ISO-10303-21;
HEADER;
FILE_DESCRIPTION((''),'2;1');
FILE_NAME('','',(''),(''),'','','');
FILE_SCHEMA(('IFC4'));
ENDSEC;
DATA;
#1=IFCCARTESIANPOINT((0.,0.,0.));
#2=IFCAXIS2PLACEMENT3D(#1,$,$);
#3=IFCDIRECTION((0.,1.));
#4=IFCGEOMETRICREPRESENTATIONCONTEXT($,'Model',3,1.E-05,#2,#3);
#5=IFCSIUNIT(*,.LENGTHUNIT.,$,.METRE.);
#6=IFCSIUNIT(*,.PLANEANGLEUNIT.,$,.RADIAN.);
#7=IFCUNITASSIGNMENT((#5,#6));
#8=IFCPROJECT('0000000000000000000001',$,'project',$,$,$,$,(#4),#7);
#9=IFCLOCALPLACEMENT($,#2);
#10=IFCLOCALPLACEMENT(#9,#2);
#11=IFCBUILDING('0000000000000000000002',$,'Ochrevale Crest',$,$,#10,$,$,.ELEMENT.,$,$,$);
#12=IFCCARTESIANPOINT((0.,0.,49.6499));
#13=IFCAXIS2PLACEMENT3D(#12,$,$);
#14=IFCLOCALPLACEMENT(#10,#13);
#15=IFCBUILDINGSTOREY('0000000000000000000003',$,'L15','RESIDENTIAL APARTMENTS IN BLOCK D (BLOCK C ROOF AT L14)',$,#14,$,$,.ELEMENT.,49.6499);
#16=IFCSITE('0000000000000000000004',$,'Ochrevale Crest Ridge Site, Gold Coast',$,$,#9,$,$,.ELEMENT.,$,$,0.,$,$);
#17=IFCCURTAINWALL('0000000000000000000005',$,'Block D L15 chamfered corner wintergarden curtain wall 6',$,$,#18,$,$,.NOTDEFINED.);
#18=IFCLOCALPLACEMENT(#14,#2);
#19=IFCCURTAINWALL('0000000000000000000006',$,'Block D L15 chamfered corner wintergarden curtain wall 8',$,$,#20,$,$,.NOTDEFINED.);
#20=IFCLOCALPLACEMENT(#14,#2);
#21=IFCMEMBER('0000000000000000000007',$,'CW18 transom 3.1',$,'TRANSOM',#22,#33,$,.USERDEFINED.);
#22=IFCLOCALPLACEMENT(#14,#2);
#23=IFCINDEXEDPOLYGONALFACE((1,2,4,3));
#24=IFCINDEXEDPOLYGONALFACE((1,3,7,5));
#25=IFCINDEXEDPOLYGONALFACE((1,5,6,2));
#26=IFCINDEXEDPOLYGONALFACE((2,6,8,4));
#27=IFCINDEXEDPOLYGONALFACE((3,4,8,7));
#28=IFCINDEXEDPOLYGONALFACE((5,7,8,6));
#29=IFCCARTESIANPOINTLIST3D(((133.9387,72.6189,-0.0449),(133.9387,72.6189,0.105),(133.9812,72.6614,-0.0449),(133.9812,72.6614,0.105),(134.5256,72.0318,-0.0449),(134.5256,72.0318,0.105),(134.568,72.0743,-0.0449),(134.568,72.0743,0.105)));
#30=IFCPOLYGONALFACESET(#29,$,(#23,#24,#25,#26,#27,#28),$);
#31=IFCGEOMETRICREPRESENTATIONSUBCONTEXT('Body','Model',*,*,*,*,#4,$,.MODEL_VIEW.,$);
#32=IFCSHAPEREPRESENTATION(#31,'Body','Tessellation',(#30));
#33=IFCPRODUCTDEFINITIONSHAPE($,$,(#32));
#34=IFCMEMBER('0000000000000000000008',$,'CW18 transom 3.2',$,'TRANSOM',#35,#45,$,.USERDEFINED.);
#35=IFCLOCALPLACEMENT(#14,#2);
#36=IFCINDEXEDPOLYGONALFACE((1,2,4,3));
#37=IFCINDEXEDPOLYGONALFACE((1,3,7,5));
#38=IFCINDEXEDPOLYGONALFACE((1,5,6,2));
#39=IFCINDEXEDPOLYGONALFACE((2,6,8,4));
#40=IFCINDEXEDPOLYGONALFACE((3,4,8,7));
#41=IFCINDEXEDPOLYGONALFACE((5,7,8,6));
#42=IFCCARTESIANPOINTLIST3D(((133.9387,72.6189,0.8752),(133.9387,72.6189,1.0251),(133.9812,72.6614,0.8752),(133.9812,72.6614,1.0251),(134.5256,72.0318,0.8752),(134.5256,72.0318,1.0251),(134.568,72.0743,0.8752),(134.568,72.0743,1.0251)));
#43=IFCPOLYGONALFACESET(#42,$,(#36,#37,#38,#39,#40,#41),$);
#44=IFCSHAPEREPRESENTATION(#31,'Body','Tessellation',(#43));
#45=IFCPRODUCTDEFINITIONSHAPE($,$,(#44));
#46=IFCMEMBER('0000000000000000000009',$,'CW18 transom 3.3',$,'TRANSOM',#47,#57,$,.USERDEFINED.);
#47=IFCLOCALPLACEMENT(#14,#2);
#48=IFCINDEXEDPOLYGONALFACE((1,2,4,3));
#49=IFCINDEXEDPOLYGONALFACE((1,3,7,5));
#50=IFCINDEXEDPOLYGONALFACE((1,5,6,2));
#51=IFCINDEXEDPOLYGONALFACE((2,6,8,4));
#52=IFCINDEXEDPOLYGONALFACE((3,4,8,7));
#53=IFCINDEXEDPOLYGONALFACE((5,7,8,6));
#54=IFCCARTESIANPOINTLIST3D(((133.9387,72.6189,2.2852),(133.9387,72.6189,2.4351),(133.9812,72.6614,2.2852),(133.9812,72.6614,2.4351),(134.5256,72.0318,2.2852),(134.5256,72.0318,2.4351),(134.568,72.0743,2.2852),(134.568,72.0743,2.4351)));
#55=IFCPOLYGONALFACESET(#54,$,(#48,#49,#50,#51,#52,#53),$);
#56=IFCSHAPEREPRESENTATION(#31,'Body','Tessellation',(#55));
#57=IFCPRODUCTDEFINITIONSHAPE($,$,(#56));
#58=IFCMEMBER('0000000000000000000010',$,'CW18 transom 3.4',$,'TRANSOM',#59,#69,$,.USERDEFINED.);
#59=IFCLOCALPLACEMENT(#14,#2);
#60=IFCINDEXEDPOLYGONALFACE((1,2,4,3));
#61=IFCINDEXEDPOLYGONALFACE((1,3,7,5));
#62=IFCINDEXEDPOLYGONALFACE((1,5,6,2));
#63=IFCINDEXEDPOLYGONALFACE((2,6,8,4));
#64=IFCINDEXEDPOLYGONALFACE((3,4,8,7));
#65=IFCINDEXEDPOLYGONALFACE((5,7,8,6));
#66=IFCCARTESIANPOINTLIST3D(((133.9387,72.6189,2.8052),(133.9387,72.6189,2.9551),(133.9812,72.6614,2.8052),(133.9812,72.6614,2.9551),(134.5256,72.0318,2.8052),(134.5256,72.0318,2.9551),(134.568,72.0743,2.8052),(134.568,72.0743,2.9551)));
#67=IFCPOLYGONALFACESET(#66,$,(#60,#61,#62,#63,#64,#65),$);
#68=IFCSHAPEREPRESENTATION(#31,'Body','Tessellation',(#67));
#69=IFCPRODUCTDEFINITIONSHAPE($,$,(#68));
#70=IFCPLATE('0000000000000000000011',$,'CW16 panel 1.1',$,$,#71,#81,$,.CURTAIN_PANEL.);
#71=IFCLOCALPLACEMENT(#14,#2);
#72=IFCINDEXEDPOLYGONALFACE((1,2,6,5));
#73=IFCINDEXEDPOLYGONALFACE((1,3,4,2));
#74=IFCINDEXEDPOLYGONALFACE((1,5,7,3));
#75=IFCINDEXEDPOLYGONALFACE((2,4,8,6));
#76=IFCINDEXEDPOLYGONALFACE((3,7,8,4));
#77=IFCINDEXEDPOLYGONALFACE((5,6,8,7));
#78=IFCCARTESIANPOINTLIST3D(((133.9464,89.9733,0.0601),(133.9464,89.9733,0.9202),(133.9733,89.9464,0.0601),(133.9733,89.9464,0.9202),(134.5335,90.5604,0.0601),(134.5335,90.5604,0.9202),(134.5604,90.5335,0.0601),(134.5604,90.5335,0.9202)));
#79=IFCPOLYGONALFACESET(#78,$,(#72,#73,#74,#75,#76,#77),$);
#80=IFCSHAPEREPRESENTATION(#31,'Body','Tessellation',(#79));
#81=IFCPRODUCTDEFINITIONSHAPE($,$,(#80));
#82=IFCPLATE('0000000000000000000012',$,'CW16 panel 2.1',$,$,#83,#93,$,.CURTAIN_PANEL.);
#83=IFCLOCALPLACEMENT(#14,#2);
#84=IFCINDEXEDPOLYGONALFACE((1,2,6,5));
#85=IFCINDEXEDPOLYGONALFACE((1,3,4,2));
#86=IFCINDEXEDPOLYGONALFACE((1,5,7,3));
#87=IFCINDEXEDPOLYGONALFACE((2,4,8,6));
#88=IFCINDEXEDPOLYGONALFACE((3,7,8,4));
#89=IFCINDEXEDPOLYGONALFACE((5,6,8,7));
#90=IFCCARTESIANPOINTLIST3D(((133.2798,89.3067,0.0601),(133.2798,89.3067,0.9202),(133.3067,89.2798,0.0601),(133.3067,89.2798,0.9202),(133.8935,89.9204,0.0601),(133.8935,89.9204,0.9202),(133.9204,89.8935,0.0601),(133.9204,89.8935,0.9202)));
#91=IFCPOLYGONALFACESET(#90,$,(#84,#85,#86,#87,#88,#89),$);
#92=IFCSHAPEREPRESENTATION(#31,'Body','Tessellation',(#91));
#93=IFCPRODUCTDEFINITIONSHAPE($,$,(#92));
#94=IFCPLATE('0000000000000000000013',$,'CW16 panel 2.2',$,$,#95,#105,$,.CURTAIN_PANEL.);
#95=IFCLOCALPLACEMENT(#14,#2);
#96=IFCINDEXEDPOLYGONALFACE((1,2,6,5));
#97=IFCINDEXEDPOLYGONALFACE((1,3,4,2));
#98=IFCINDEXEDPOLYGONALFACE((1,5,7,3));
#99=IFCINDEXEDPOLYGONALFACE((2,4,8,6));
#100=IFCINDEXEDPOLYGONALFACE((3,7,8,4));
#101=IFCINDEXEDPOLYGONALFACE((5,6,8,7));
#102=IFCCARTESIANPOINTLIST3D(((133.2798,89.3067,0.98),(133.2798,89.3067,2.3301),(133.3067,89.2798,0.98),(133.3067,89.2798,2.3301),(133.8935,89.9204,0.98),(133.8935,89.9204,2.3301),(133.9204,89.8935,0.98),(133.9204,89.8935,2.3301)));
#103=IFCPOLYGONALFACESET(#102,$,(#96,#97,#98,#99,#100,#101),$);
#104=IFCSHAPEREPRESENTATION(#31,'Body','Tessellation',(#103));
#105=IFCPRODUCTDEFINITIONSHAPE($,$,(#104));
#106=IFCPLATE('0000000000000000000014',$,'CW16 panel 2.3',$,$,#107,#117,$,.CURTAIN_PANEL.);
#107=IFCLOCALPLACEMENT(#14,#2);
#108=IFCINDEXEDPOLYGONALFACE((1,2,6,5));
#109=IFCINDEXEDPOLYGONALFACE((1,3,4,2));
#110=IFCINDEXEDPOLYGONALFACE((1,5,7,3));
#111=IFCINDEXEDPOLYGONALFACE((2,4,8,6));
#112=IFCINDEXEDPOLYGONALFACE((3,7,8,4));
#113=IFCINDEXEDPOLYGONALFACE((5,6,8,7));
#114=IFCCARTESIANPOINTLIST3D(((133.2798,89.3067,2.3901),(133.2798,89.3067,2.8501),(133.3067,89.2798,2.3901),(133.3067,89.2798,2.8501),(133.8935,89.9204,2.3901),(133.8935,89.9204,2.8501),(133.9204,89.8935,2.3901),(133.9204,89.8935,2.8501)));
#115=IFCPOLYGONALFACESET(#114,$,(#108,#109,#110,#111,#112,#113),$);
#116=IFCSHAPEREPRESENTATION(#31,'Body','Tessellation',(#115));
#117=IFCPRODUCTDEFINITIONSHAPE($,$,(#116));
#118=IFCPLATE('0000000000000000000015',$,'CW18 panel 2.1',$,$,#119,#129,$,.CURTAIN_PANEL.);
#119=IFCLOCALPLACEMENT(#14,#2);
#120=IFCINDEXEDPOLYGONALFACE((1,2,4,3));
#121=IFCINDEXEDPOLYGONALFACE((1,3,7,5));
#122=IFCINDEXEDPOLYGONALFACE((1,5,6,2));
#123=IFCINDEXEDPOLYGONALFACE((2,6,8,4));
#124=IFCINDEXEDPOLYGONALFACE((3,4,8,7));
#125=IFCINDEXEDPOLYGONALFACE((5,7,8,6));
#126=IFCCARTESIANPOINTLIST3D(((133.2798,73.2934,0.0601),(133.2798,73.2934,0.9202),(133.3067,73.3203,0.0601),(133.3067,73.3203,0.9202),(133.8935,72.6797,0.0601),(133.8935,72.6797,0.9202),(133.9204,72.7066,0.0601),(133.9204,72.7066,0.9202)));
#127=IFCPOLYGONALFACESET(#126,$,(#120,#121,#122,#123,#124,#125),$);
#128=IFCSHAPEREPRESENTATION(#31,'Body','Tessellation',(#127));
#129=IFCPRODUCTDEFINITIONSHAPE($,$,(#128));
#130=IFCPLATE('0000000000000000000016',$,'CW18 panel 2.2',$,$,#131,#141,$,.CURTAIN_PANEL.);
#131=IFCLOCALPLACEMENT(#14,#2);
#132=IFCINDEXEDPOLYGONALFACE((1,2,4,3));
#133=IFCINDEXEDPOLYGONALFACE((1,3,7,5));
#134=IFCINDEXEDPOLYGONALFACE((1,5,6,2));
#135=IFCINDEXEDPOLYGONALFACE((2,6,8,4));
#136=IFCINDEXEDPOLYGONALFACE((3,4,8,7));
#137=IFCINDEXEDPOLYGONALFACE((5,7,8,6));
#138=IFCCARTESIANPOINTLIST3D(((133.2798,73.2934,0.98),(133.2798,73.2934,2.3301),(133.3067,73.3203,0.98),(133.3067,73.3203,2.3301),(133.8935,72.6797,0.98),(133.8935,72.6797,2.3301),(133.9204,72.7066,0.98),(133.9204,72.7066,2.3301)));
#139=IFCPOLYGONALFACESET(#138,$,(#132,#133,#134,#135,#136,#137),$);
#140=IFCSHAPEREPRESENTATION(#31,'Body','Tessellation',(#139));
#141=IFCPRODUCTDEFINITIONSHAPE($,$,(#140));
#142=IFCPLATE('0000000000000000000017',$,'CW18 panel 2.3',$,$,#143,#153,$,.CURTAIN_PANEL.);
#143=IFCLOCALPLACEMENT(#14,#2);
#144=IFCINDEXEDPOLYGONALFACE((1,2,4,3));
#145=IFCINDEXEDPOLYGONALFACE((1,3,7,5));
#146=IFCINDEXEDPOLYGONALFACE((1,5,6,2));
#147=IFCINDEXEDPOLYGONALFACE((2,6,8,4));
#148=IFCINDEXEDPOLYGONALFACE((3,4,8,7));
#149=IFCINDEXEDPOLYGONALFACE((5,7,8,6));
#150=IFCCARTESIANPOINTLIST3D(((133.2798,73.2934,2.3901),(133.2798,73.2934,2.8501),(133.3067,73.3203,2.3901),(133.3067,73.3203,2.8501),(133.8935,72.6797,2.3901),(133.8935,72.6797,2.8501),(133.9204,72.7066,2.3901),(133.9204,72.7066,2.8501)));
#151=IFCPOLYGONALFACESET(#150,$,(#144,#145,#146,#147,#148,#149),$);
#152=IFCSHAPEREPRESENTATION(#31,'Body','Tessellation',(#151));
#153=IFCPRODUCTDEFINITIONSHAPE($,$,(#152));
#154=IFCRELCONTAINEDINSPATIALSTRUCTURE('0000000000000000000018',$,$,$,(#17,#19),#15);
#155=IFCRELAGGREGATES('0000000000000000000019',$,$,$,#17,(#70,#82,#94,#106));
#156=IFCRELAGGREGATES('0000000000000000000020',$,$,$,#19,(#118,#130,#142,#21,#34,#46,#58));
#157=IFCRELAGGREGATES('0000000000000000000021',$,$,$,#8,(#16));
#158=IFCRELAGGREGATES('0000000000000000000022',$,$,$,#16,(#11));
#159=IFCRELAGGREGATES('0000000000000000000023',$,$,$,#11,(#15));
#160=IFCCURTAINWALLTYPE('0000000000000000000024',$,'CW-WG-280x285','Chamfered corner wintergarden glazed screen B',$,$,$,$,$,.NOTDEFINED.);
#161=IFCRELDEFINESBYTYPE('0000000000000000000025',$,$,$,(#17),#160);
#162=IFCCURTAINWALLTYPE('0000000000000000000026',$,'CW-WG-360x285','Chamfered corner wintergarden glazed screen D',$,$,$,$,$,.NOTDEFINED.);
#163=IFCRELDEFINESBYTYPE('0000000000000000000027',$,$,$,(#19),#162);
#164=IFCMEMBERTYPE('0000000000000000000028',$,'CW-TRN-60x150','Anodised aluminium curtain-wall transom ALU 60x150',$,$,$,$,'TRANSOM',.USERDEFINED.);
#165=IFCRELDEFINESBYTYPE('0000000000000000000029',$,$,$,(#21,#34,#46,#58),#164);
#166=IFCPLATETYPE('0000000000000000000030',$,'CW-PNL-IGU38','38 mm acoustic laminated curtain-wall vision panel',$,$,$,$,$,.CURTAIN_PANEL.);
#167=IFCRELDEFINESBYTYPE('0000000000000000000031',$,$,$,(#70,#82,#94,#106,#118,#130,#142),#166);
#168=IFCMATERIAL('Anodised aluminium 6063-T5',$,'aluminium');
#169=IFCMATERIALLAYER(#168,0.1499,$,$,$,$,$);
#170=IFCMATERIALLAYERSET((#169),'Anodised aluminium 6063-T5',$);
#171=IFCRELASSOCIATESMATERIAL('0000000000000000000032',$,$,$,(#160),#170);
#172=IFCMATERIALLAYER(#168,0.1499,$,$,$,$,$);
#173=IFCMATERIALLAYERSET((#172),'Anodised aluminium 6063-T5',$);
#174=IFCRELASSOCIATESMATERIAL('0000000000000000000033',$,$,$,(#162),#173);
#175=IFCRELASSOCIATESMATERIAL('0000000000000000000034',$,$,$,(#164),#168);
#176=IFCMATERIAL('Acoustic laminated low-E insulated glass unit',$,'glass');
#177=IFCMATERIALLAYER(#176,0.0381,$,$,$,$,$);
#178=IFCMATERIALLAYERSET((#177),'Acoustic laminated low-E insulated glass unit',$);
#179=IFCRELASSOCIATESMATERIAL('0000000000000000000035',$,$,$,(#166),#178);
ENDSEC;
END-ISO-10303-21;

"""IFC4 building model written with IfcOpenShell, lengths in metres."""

from ifc_helpers import new_model, si_unit, direction, frame, origin, origin_2d, place, context, subcontext, project, spatial, rectangle, extrude, material, layer, layer_set, material_profile, profile_set, type_object, element, aggregate, save


model = new_model("IFC4")

# Units and contexts
model_context = context("Model", 3, precision=1e-05, world=origin(), true_north=direction((0.0, 1.0)))
body_context = subcontext(model_context, "Body", "Model", "MODEL_VIEW")
ifc_project = project(units=[si_unit("LENGTHUNIT", "METRE"), si_unit("PLANEANGLEUNIT", "RADIAN")], contexts=[model_context])

# Site, building, storey
site_placement = place(None, origin())
site = spatial("IfcSite", under=ifc_project, at=site_placement, Name="Ochrevale Crest Ridge Site, Gold Coast", CompositionType="ELEMENT", RefElevation=0.0)
building_placement = place(site_placement, origin())
building = spatial("IfcBuilding", under=site, at=building_placement, Name="Ochrevale Crest", CompositionType="ELEMENT")
storey_placement = place(building_placement, frame((0.0, 0.0, 49.6499)))
storey = spatial("IfcBuildingStorey", under=building, at=storey_placement, Name="L15", Description="RESIDENTIAL APARTMENTS IN BLOCK D (BLOCK C ROOF AT L14)", CompositionType="ELEMENT", Elevation=49.6499)

# Curtain walls
ifc_material_1 = material(Name="Anodised aluminium 6063-T5", Category="aluminium")
ifc_layer_1 = layer(ifc_material_1, 0.1499)
ifc_layer_set_1 = layer_set([ifc_layer_1], Name="Anodised aluminium 6063-T5")
curtain_wall_type_1 = type_object("IfcCurtainWallType", Name="CW-WG-280x285", Description="Chamfered corner wintergarden glazed screen B", PredefinedType="NOTDEFINED", material=ifc_layer_set_1)
curtain_wall_1_placement = place(storey_placement, origin())
curtain_wall_1 = element("IfcCurtainWall", 1, at=curtain_wall_1_placement, inside=storey, type_object=curtain_wall_type_1, Name="Block D L15 chamfered corner wintergarden curtain wall 6", PredefinedType="NOTDEFINED")
ifc_layer_2 = layer(ifc_material_1, 0.1499)
ifc_layer_set_2 = layer_set([ifc_layer_2], Name="Anodised aluminium 6063-T5")
curtain_wall_type_2 = type_object("IfcCurtainWallType", Name="CW-WG-360x285", Description="Chamfered corner wintergarden glazed screen D", PredefinedType="NOTDEFINED", material=ifc_layer_set_2)
curtain_wall_2_placement = place(storey_placement, origin())
curtain_wall_2 = element("IfcCurtainWall", 2, at=curtain_wall_2_placement, inside=storey, type_object=curtain_wall_type_2, Name="Block D L15 chamfered corner wintergarden curtain wall 8", PredefinedType="NOTDEFINED")

# Members
ifc_material_profile_1 = material_profile(ifc_material_1, rectangle(XDim=0.0601, YDim=0.1499, at=origin_2d()), Name="ALU 60x150")
ifc_profile_set_1 = profile_set([ifc_material_profile_1], Name="Anodised aluminium 6063-T5")
member_type_1 = type_object("IfcMemberType", Name="CW-TRN-60x150", Description="Anodised aluminium curtain-wall transom ALU 60x150", ElementType="TRANSOM", PredefinedType="USERDEFINED", material=ifc_profile_set_1)
member_1_placement = place(storey_placement, frame((133.96, 72.6401, 0.03), z_axis=(0.70696, -0.707254, 0.0), x_axis=(0.707254, 0.70696, 0.0)))
member_1 = element("IfcMember", 3, at=member_1_placement, type_object=member_type_1, Name="CW18 transom 3.1", ObjectType="TRANSOM", PredefinedType="USERDEFINED", context=body_context, shape_type="SweptSolid", body=[
    extrude(rectangle(XDim=0.0601, YDim=0.1499, at=origin_2d()), origin(), (0.0, 0.0, 1.0), 0.8301),
])
member_2_placement = place(storey_placement, frame((133.96, 72.6401, 0.9502), z_axis=(0.70696, -0.707254, 0.0), x_axis=(0.707254, 0.70696, 0.0)))
member_2 = element("IfcMember", 4, at=member_2_placement, type_object=member_type_1, Name="CW18 transom 3.2", ObjectType="TRANSOM", PredefinedType="USERDEFINED", context=body_context, shape_type="SweptSolid", body=[
    extrude(rectangle(XDim=0.0601, YDim=0.1499, at=origin_2d()), origin(), (0.0, 0.0, 1.0), 0.8301),
])
member_3_placement = place(storey_placement, frame((133.96, 72.6401, 2.3601), z_axis=(0.70696, -0.707254, 0.0), x_axis=(0.707254, 0.70696, 0.0)))
member_3 = element("IfcMember", 5, at=member_3_placement, type_object=member_type_1, Name="CW18 transom 3.3", ObjectType="TRANSOM", PredefinedType="USERDEFINED", context=body_context, shape_type="SweptSolid", body=[
    extrude(rectangle(XDim=0.0601, YDim=0.1499, at=origin_2d()), origin(), (0.0, 0.0, 1.0), 0.8301),
])
member_4_placement = place(storey_placement, frame((133.96, 72.6401, 2.8801), z_axis=(0.70696, -0.707254, 0.0), x_axis=(0.707254, 0.70696, 0.0)))
member_4 = element("IfcMember", 6, at=member_4_placement, type_object=member_type_1, Name="CW18 transom 3.4", ObjectType="TRANSOM", PredefinedType="USERDEFINED", context=body_context, shape_type="SweptSolid", body=[
    extrude(rectangle(XDim=0.0601, YDim=0.1499, at=origin_2d()), origin(), (0.0, 0.0, 1.0), 0.8301),
])

# Plates
ifc_material_2 = material(Name="Acoustic laminated low-E insulated glass unit", Category="glass")
ifc_layer_3 = layer(ifc_material_2, 0.0381)
ifc_layer_set_3 = layer_set([ifc_layer_3], Name="Acoustic laminated low-E insulated glass unit")
plate_type = type_object("IfcPlateType", Name="CW-PNL-IGU38", Description="38 mm acoustic laminated curtain-wall vision panel", PredefinedType="CURTAIN_PANEL", material=ifc_layer_set_3)
plate_1_placement = place(storey_placement, frame((134.2534, 90.2534, 0.0601), z_axis=(0.0, 0.0, 1.0), x_axis=(-0.707107, -0.707107, 0.0)))
plate_1 = element("IfcPlate", 7, at=plate_1_placement, type_object=plate_type, Name="CW16 panel 1.1", PredefinedType="CURTAIN_PANEL", context=body_context, shape_type="SweptSolid", body=[
    extrude(rectangle(XDim=0.8303, YDim=0.0381, at=origin_2d()), origin(), (0.0, 0.0, 1.0), 0.8601),
])
plate_2_placement = place(storey_placement, frame((133.6001, 89.6001, 0.0601), z_axis=(0.0, 0.0, 1.0), x_axis=(-0.707107, -0.707107, 0.0)))
plate_2 = element("IfcPlate", 8, at=plate_2_placement, type_object=plate_type, Name="CW16 panel 2.1", PredefinedType="CURTAIN_PANEL", context=body_context, shape_type="SweptSolid", body=[
    extrude(rectangle(XDim=0.8679, YDim=0.0381, at=origin_2d()), origin(), (0.0, 0.0, 1.0), 0.8601),
])
plate_3_placement = place(storey_placement, frame((133.6001, 89.6001, 0.98), z_axis=(0.0, 0.0, 1.0), x_axis=(-0.707107, -0.707107, 0.0)))
plate_3 = element("IfcPlate", 9, at=plate_3_placement, type_object=plate_type, Name="CW16 panel 2.2", PredefinedType="CURTAIN_PANEL", context=body_context, shape_type="SweptSolid", body=[
    extrude(rectangle(XDim=0.8679, YDim=0.0381, at=origin_2d()), origin(), (0.0, 0.0, 1.0), 1.3501),
])
plate_4_placement = place(storey_placement, frame((133.6001, 89.6001, 2.3901), z_axis=(0.0, 0.0, 1.0), x_axis=(-0.707107, -0.707107, 0.0)))
plate_4 = element("IfcPlate", 10, at=plate_4_placement, type_object=plate_type, Name="CW16 panel 2.3", PredefinedType="CURTAIN_PANEL", context=body_context, shape_type="SweptSolid", body=[
    extrude(rectangle(XDim=0.8679, YDim=0.0381, at=origin_2d()), origin(), (0.0, 0.0, 1.0), 0.46),
])
aggregate(curtain_wall_1, [plate_1, plate_2, plate_3, plate_4])
plate_5_placement = place(storey_placement, frame((133.6001, 73.0, 0.0601), z_axis=(0.0, 0.0, 1.0), x_axis=(0.707107, -0.707107, 0.0)))
plate_5 = element("IfcPlate", 11, at=plate_5_placement, type_object=plate_type, Name="CW18 panel 2.1", PredefinedType="CURTAIN_PANEL", context=body_context, shape_type="SweptSolid", body=[
    extrude(rectangle(XDim=0.8679, YDim=0.0381, at=origin_2d()), origin(), (0.0, 0.0, 1.0), 0.8601),
])
plate_6_placement = place(storey_placement, frame((133.6001, 73.0, 0.98), z_axis=(0.0, 0.0, 1.0), x_axis=(0.707107, -0.707107, 0.0)))
plate_6 = element("IfcPlate", 12, at=plate_6_placement, type_object=plate_type, Name="CW18 panel 2.2", PredefinedType="CURTAIN_PANEL", context=body_context, shape_type="SweptSolid", body=[
    extrude(rectangle(XDim=0.8679, YDim=0.0381, at=origin_2d()), origin(), (0.0, 0.0, 1.0), 1.3501),
])
plate_7_placement = place(storey_placement, frame((133.6001, 73.0, 2.3901), z_axis=(0.0, 0.0, 1.0), x_axis=(0.707107, -0.707107, 0.0)))
plate_7 = element("IfcPlate", 13, at=plate_7_placement, type_object=plate_type, Name="CW18 panel 2.3", PredefinedType="CURTAIN_PANEL", context=body_context, shape_type="SweptSolid", body=[
    extrude(rectangle(XDim=0.8679, YDim=0.0381, at=origin_2d()), origin(), (0.0, 0.0, 1.0), 0.46),
])
aggregate(curtain_wall_2, [plate_5, plate_6, plate_7, member_1, member_2, member_3, member_4])

save(model, "model.ifc")
